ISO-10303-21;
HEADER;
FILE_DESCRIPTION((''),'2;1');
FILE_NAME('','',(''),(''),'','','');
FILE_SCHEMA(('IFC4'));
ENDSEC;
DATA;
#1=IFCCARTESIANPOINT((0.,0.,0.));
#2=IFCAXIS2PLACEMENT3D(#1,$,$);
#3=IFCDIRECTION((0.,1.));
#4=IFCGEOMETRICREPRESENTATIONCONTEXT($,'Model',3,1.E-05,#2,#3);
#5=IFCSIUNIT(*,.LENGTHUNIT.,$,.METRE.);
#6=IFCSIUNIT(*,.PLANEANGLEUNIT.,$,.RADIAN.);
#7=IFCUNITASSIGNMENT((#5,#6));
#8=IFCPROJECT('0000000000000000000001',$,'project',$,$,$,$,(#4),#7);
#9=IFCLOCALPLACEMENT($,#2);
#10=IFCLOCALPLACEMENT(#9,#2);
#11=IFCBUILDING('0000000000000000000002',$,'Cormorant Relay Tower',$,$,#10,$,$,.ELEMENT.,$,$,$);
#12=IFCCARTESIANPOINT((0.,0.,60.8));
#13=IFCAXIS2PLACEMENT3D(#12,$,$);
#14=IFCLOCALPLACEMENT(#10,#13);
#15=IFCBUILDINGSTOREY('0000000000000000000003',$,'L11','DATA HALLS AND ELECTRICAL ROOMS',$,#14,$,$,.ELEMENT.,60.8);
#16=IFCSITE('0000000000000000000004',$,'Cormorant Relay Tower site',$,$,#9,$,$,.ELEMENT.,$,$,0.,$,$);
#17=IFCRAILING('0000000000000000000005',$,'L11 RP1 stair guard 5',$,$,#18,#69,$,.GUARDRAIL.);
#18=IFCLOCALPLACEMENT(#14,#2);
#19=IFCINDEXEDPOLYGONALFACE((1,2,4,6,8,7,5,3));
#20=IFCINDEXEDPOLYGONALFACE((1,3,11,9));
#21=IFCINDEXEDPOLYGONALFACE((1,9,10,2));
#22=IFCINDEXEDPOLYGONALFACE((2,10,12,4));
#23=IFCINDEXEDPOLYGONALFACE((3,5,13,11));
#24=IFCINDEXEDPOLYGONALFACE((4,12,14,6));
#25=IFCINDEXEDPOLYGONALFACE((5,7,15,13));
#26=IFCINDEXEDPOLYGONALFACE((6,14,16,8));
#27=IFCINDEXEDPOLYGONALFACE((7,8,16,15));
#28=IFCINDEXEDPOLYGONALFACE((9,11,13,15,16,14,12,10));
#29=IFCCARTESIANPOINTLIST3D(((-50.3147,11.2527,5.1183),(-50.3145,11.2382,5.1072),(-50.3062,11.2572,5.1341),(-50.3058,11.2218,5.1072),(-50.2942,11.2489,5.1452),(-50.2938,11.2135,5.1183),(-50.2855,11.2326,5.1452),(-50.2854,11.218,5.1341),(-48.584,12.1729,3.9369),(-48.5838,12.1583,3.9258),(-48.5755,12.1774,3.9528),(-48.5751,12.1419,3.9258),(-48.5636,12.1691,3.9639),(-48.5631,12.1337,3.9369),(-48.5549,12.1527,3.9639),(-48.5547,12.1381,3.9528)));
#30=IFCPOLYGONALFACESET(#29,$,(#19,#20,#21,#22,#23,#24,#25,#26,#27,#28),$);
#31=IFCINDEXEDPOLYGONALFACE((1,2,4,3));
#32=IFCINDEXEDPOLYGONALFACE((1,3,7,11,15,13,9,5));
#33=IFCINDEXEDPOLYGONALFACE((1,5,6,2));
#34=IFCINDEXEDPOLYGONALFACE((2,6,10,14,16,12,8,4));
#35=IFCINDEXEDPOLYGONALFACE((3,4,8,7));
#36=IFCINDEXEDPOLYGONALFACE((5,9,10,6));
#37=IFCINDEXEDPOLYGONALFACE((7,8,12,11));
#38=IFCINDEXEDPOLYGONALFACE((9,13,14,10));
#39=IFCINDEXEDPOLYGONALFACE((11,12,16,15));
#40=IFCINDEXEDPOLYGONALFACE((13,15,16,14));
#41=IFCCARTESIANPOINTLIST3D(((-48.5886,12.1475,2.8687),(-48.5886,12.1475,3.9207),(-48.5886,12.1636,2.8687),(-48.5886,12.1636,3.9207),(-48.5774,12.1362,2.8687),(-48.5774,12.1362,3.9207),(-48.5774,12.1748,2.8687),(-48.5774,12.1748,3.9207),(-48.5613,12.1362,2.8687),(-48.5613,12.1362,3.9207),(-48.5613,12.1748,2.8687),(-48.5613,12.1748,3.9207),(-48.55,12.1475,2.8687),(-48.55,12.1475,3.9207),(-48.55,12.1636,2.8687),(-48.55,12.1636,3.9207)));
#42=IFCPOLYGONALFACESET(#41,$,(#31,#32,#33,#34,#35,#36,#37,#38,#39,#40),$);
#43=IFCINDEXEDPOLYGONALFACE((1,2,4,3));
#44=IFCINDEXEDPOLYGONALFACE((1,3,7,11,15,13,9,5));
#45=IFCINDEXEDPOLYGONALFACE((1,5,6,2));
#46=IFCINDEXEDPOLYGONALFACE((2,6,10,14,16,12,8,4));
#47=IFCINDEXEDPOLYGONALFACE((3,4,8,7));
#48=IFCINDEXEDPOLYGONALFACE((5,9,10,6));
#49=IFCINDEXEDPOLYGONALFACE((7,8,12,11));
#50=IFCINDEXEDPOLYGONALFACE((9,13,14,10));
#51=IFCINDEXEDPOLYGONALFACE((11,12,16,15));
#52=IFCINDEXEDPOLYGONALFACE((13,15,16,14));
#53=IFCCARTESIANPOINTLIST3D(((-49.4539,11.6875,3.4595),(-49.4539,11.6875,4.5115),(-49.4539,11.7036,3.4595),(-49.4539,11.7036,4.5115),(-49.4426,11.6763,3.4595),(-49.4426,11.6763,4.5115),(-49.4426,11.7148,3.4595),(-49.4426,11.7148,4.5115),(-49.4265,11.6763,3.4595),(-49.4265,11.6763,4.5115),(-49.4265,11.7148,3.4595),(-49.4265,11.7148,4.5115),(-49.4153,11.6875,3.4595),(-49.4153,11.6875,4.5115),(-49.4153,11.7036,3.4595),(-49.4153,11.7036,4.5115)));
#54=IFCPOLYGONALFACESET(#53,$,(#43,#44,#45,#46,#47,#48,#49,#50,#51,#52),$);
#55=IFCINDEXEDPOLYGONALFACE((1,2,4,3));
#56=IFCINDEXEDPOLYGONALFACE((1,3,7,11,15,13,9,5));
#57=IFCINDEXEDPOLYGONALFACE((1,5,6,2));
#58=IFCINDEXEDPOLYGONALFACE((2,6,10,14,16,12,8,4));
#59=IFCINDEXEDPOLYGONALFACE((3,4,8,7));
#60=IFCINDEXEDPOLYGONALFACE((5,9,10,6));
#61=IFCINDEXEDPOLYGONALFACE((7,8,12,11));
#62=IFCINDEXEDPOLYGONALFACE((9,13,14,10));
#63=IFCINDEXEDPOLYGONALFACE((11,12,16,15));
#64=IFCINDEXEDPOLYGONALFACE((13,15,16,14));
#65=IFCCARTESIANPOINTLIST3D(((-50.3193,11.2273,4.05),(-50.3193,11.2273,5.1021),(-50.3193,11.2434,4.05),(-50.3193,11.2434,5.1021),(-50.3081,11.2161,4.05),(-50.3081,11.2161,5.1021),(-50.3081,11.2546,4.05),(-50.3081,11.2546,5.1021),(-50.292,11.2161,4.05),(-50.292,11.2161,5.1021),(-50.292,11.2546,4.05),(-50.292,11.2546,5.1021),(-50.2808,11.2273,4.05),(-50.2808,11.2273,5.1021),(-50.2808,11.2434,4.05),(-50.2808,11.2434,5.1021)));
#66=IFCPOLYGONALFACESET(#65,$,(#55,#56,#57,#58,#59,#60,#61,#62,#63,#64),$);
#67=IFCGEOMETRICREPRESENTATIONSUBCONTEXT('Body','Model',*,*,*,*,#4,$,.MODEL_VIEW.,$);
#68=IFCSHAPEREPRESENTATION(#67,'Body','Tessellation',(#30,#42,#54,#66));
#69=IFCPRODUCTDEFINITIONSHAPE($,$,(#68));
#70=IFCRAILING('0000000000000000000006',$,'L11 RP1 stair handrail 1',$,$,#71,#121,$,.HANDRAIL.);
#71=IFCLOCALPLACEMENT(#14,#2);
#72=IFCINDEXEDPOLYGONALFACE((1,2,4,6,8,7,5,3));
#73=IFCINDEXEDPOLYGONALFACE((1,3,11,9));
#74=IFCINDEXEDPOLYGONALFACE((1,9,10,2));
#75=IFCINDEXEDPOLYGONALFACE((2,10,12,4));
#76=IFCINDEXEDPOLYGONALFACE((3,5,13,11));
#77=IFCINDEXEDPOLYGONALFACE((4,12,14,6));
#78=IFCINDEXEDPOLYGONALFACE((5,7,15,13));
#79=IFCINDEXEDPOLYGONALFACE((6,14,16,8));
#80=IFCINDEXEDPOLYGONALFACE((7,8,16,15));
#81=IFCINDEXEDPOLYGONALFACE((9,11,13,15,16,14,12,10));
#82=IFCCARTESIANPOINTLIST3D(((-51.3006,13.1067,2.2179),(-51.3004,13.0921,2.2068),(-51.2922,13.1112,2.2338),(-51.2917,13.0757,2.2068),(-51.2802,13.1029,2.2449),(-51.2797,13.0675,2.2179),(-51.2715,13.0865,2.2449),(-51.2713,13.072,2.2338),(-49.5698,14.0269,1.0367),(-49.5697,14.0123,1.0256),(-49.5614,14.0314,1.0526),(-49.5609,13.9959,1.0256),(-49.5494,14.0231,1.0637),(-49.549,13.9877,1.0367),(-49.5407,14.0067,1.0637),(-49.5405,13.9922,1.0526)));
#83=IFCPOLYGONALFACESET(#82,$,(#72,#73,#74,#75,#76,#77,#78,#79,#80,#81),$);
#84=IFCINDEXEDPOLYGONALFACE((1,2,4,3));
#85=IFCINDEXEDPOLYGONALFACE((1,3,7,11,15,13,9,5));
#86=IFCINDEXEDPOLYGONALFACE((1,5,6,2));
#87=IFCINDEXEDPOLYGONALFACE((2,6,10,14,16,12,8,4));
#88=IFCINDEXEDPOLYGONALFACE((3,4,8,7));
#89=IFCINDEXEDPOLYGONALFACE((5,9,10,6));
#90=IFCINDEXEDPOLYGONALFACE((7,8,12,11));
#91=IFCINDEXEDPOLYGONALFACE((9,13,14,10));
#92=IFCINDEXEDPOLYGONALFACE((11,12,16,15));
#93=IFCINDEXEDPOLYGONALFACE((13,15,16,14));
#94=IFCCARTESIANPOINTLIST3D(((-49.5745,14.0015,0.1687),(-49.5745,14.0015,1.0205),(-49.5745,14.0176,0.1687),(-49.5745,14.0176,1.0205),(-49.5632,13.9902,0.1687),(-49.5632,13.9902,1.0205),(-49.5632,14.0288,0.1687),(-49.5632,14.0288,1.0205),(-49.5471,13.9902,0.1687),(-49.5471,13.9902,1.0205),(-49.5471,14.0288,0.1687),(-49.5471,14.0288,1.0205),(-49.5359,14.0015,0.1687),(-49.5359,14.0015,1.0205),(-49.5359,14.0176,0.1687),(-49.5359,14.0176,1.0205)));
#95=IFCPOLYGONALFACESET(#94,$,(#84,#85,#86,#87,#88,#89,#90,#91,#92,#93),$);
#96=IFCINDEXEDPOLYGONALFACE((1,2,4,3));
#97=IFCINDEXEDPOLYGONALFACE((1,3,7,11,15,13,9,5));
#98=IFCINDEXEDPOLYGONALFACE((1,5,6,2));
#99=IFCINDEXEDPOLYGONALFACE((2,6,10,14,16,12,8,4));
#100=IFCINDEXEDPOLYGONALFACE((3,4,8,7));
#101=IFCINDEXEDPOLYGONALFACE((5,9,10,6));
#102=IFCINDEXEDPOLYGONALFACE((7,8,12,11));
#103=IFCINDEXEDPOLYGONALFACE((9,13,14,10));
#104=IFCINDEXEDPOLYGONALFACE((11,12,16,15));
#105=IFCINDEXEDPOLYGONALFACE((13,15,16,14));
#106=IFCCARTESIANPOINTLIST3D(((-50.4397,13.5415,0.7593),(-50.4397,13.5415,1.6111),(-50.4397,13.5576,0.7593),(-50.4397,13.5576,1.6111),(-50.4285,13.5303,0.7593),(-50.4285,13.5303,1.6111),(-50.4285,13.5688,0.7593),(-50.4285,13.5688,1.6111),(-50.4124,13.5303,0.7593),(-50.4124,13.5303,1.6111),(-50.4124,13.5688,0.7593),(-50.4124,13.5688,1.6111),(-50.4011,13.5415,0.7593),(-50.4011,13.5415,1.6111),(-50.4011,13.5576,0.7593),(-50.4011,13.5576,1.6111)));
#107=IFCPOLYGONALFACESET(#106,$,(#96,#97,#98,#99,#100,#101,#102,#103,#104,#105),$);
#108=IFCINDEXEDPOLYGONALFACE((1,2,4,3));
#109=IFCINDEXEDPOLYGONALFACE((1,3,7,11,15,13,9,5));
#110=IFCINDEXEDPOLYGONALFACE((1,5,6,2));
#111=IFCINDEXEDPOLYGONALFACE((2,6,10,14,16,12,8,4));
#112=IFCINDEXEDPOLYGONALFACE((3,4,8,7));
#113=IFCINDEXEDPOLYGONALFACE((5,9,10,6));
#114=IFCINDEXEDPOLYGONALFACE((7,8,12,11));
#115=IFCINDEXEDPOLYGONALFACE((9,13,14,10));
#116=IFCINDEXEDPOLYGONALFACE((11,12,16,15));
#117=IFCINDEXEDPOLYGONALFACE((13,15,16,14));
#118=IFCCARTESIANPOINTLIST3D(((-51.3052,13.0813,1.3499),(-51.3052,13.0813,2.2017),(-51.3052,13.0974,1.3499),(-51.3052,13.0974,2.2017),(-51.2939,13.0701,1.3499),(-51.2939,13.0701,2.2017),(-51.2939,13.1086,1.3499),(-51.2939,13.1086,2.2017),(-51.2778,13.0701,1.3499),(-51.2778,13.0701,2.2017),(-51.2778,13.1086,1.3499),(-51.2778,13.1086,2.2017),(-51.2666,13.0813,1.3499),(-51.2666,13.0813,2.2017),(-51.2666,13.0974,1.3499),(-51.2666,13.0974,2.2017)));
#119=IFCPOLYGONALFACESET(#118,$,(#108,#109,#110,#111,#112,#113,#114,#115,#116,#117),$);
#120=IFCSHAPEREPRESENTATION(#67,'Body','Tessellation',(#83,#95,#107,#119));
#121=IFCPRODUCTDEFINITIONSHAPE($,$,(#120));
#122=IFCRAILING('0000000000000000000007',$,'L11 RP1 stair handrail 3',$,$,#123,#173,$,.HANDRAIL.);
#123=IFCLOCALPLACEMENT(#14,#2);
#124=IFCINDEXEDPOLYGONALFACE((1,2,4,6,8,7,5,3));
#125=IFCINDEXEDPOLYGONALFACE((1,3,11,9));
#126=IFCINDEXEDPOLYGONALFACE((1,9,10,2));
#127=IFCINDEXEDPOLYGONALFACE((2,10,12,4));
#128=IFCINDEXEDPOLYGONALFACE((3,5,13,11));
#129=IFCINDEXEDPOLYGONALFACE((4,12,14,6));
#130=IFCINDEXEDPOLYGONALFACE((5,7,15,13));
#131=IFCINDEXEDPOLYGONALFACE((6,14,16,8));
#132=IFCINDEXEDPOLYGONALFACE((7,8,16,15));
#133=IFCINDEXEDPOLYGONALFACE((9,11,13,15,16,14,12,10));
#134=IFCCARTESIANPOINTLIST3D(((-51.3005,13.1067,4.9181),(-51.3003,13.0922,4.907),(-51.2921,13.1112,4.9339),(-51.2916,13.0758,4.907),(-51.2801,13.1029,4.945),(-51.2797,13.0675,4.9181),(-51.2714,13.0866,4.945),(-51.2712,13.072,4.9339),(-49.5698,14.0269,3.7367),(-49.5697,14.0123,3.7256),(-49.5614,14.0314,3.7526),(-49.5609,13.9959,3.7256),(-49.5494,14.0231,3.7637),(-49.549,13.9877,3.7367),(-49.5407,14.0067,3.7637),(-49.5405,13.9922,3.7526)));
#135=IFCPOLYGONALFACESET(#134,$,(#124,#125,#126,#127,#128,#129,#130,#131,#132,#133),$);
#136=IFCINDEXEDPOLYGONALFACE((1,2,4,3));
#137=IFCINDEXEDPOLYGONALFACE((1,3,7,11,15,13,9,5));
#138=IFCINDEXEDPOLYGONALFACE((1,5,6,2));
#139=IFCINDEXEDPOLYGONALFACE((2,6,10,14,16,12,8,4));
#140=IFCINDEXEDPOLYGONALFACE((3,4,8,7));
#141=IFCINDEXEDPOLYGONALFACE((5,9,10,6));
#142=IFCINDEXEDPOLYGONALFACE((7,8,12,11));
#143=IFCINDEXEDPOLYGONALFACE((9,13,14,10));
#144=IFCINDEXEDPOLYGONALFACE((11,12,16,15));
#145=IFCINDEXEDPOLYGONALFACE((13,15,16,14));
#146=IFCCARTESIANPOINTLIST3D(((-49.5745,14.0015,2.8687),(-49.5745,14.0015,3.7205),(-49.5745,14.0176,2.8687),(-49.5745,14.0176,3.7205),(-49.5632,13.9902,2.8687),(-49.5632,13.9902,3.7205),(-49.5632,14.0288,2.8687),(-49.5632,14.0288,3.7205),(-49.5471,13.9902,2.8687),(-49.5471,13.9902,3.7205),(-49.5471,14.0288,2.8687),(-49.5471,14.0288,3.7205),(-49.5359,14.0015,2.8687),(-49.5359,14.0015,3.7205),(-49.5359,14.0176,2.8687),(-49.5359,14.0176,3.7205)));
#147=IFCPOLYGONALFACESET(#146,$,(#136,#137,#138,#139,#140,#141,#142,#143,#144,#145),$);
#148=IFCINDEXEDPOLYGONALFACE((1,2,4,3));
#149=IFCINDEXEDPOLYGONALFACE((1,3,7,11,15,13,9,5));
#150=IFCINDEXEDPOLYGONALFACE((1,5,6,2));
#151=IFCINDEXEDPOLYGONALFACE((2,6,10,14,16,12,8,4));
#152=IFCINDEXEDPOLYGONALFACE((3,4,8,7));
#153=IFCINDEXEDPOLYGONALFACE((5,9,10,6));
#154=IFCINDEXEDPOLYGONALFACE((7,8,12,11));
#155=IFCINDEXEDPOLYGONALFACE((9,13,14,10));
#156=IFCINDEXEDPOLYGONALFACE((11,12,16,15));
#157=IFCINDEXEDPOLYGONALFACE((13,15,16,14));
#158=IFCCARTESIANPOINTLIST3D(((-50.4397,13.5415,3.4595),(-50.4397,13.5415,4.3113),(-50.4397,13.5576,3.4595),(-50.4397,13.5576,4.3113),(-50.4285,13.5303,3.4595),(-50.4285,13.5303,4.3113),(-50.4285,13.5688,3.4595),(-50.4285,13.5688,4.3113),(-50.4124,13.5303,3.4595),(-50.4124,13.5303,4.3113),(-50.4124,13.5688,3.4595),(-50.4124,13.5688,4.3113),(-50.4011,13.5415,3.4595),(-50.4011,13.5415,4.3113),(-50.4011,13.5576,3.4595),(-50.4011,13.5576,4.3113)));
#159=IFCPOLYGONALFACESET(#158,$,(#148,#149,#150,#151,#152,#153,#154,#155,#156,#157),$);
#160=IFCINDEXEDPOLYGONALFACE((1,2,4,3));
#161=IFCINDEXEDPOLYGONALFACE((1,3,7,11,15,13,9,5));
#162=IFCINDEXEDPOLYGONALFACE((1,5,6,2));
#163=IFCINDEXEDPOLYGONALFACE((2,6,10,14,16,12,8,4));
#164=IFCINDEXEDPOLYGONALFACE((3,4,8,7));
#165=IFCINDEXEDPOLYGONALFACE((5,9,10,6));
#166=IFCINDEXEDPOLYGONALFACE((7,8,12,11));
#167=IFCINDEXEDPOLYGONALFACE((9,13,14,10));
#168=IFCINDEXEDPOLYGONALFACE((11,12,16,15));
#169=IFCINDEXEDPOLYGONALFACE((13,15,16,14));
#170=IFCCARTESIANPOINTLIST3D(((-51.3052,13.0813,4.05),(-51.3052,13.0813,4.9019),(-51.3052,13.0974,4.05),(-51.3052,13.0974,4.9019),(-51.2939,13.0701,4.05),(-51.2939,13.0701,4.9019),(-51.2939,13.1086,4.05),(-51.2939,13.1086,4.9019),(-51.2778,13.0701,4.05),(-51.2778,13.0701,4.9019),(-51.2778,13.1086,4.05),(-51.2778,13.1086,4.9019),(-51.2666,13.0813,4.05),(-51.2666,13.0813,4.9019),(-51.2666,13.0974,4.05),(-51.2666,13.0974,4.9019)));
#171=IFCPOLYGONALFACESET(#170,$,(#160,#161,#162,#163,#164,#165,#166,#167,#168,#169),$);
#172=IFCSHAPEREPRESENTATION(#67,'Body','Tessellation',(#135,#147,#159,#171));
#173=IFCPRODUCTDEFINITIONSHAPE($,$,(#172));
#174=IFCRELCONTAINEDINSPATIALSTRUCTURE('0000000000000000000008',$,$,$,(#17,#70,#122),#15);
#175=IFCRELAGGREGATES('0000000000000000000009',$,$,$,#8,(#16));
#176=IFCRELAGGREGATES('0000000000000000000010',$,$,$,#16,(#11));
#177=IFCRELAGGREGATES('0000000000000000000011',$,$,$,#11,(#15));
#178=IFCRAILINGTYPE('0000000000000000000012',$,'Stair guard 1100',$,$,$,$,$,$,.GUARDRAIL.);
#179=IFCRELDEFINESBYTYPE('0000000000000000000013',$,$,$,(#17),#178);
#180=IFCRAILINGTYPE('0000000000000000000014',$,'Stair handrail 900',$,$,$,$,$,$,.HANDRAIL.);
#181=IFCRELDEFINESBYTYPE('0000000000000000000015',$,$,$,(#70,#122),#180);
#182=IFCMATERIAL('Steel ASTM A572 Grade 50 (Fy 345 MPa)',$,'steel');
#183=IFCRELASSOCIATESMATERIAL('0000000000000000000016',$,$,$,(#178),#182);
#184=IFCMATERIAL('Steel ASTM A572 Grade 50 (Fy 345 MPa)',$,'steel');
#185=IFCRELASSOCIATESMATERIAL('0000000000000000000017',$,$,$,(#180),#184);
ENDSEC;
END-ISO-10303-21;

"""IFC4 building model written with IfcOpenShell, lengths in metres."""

from ifc_helpers import new_model, si_unit, direction, frame, origin, place, context, subcontext, project, spatial, polyline, outline, extrude, material, type_object, element, save


model = new_model("IFC4")

# Units and contexts
model_context = context("Model", 3, precision=1e-05, world=origin(), true_north=direction((0.0, 1.0)))
body_context = subcontext(model_context, "Body", "Model", "MODEL_VIEW")
ifc_project = project(units=[si_unit("LENGTHUNIT", "METRE"), si_unit("PLANEANGLEUNIT", "RADIAN")], contexts=[model_context])

# Site, building, storey
site_placement = place(None, origin())
site = spatial("IfcSite", under=ifc_project, at=site_placement, Name="Cormorant Relay Tower site", CompositionType="ELEMENT", RefElevation=0.0)
building_placement = place(site_placement, origin())
building = spatial("IfcBuilding", under=site, at=building_placement, Name="Cormorant Relay Tower", CompositionType="ELEMENT")
storey_placement = place(building_placement, frame((0.0, 0.0, 60.8)))
storey = spatial("IfcBuildingStorey", under=building, at=storey_placement, Name="L11", Description="DATA HALLS AND ELECTRICAL ROOMS", CompositionType="ELEMENT", Elevation=60.8)

# Railings
ifc_material_1 = material(Name="Steel ASTM A572 Grade 50 (Fy 345 MPa)", Category="steel")
railing_type_1 = type_object("IfcRailingType", Name="Stair guard 1100", PredefinedType="GUARDRAIL", material=ifc_material_1)
railing_1_placement = place(storey_placement, frame((-48.5693, 12.1555, 2.8687)))
element("IfcRailing", 1, at=railing_1_placement, inside=storey, type_object=railing_type_1, Name="L11 RP1 stair guard 5", PredefinedType="GUARDRAIL", context=body_context, shape_type="SweptSolid", body=[
    extrude(outline(polyline([(0.0222, 0.0093), (0.0093, 0.0222), (-0.0093, 0.0222), (-0.0222, 0.0093), (-0.0222, -0.0093), (-0.0093, -0.0222), (0.0093, -0.0222), (0.0222, -0.0093), (0.0222, 0.0093)])), frame((0.0, 0.0, 1.0762), z_axis=(-0.756226, -0.402062, 0.516205), x_axis=(0.469444, -0.882962, 0.0)), (0.0, 0.0, 1.0), 2.2886),
    extrude(outline(polyline([(0.0193, 0.0081), (0.0081, 0.0193), (-0.0081, 0.0193), (-0.0193, 0.0081), (-0.0193, -0.0081), (-0.0081, -0.0193), (0.0081, -0.0193), (0.0193, -0.0081), (0.0193, 0.0081)])), origin(), (0.0, 0.0, 1.0), 1.052),
    extrude(outline(polyline([(0.0193, 0.0081), (0.0081, 0.0193), (-0.0081, 0.0193), (-0.0193, 0.0081), (-0.0193, -0.0081), (-0.0081, -0.0193), (0.0081, -0.0193), (0.0193, -0.0081), (0.0193, 0.0081)])), frame((-0.8652, -0.46, 0.5908)), (0.0, 0.0, 1.0), 1.052),
    extrude(outline(polyline([(0.0193, 0.0081), (0.0081, 0.0193), (-0.0081, 0.0193), (-0.0193, 0.0081), (-0.0193, -0.0081), (-0.0081, -0.0193), (0.0081, -0.0193), (0.0193, -0.0081), (0.0193, 0.0081)])), frame((-1.7307, -0.9202, 1.1814)), (0.0, 0.0, 1.0), 1.052),
])
ifc_material_2 = material(Name="Steel ASTM A572 Grade 50 (Fy 345 MPa)", Category="steel")
railing_type_2 = type_object("IfcRailingType", Name="Stair handrail 900", PredefinedType="HANDRAIL", material=ifc_material_2)
railing_2_placement = place(storey_placement, frame((-49.5552, 14.0095, 0.1687)))
element("IfcRailing", 2, at=railing_2_placement, inside=storey, type_object=railing_type_2, Name="L11 RP1 stair handrail 1", PredefinedType="HANDRAIL", context=body_context, shape_type="SweptSolid", body=[
    extrude(outline(polyline([(0.0222, 0.0093), (0.0093, 0.0222), (-0.0093, 0.0222), (-0.0222, 0.0093), (-0.0222, -0.0093), (-0.0093, -0.0222), (0.0093, -0.0222), (0.0222, -0.0093), (0.0222, 0.0093)])), frame((0.0, 0.0, 0.876), z_axis=(-0.756268, -0.402084, 0.516127), x_axis=(0.469444, -0.882962, 0.0)), (0.0, 0.0, 1.0), 2.2886),
    extrude(outline(polyline([(0.0193, 0.0081), (0.0081, 0.0193), (-0.0081, 0.0193), (-0.0193, 0.0081), (-0.0193, -0.0081), (-0.0081, -0.0193), (0.0081, -0.0193), (0.0193, -0.0081), (0.0193, 0.0081)])), origin(), (0.0, 0.0, 1.0), 0.8518),
    extrude(outline(polyline([(0.0193, 0.0081), (0.0081, 0.0193), (-0.0081, 0.0193), (-0.0193, 0.0081), (-0.0193, -0.0081), (-0.0081, -0.0193), (0.0081, -0.0193), (0.0193, -0.0081), (0.0193, 0.0081)])), frame((-0.8652, -0.46, 0.5906)), (0.0, 0.0, 1.0), 0.8518),
    extrude(outline(polyline([(0.0193, 0.0081), (0.0081, 0.0193), (-0.0081, 0.0193), (-0.0193, 0.0081), (-0.0193, -0.0081), (-0.0081, -0.0193), (0.0081, -0.0193), (0.0193, -0.0081), (0.0193, 0.0081)])), frame((-1.7307, -0.9202, 1.1812)), (0.0, 0.0, 1.0), 0.8518),
])
railing_3_placement = place(storey_placement, frame((-49.5552, 14.0095, 2.8687)))
element("IfcRailing", 3, at=railing_3_placement, inside=storey, type_object=railing_type_2, Name="L11 RP1 stair handrail 3", PredefinedType="HANDRAIL", context=body_context, shape_type="SweptSolid", body=[
    extrude(outline(polyline([(0.0222, 0.0093), (0.0093, 0.0222), (-0.0093, 0.0222), (-0.0222, 0.0093), (-0.0222, -0.0093), (-0.0093, -0.0222), (0.0093, -0.0222), (0.0222, -0.0093), (0.0222, 0.0093)])), frame((0.0, 0.0, 0.876), z_axis=(-0.756226, -0.402062, 0.516205), x_axis=(0.469444, -0.882962, 0.0)), (0.0, 0.0, 1.0), 2.2886),
    extrude(outline(polyline([(0.0193, 0.0081), (0.0081, 0.0193), (-0.0081, 0.0193), (-0.0193, 0.0081), (-0.0193, -0.0081), (-0.0081, -0.0193), (0.0081, -0.0193), (0.0193, -0.0081), (0.0193, 0.0081)])), origin(), (0.0, 0.0, 1.0), 0.8518),
    extrude(outline(polyline([(0.0193, 0.0081), (0.0081, 0.0193), (-0.0081, 0.0193), (-0.0193, 0.0081), (-0.0193, -0.0081), (-0.0081, -0.0193), (0.0081, -0.0193), (0.0193, -0.0081), (0.0193, 0.0081)])), frame((-0.8652, -0.46, 0.5908)), (0.0, 0.0, 1.0), 0.8518),
    extrude(outline(polyline([(0.0193, 0.0081), (0.0081, 0.0193), (-0.0081, 0.0193), (-0.0193, 0.0081), (-0.0193, -0.0081), (-0.0081, -0.0193), (0.0081, -0.0193), (0.0193, -0.0081), (0.0193, 0.0081)])), frame((-1.7307, -0.9202, 1.1814)), (0.0, 0.0, 1.0), 0.8518),
])

save(model, "model.ifc")
